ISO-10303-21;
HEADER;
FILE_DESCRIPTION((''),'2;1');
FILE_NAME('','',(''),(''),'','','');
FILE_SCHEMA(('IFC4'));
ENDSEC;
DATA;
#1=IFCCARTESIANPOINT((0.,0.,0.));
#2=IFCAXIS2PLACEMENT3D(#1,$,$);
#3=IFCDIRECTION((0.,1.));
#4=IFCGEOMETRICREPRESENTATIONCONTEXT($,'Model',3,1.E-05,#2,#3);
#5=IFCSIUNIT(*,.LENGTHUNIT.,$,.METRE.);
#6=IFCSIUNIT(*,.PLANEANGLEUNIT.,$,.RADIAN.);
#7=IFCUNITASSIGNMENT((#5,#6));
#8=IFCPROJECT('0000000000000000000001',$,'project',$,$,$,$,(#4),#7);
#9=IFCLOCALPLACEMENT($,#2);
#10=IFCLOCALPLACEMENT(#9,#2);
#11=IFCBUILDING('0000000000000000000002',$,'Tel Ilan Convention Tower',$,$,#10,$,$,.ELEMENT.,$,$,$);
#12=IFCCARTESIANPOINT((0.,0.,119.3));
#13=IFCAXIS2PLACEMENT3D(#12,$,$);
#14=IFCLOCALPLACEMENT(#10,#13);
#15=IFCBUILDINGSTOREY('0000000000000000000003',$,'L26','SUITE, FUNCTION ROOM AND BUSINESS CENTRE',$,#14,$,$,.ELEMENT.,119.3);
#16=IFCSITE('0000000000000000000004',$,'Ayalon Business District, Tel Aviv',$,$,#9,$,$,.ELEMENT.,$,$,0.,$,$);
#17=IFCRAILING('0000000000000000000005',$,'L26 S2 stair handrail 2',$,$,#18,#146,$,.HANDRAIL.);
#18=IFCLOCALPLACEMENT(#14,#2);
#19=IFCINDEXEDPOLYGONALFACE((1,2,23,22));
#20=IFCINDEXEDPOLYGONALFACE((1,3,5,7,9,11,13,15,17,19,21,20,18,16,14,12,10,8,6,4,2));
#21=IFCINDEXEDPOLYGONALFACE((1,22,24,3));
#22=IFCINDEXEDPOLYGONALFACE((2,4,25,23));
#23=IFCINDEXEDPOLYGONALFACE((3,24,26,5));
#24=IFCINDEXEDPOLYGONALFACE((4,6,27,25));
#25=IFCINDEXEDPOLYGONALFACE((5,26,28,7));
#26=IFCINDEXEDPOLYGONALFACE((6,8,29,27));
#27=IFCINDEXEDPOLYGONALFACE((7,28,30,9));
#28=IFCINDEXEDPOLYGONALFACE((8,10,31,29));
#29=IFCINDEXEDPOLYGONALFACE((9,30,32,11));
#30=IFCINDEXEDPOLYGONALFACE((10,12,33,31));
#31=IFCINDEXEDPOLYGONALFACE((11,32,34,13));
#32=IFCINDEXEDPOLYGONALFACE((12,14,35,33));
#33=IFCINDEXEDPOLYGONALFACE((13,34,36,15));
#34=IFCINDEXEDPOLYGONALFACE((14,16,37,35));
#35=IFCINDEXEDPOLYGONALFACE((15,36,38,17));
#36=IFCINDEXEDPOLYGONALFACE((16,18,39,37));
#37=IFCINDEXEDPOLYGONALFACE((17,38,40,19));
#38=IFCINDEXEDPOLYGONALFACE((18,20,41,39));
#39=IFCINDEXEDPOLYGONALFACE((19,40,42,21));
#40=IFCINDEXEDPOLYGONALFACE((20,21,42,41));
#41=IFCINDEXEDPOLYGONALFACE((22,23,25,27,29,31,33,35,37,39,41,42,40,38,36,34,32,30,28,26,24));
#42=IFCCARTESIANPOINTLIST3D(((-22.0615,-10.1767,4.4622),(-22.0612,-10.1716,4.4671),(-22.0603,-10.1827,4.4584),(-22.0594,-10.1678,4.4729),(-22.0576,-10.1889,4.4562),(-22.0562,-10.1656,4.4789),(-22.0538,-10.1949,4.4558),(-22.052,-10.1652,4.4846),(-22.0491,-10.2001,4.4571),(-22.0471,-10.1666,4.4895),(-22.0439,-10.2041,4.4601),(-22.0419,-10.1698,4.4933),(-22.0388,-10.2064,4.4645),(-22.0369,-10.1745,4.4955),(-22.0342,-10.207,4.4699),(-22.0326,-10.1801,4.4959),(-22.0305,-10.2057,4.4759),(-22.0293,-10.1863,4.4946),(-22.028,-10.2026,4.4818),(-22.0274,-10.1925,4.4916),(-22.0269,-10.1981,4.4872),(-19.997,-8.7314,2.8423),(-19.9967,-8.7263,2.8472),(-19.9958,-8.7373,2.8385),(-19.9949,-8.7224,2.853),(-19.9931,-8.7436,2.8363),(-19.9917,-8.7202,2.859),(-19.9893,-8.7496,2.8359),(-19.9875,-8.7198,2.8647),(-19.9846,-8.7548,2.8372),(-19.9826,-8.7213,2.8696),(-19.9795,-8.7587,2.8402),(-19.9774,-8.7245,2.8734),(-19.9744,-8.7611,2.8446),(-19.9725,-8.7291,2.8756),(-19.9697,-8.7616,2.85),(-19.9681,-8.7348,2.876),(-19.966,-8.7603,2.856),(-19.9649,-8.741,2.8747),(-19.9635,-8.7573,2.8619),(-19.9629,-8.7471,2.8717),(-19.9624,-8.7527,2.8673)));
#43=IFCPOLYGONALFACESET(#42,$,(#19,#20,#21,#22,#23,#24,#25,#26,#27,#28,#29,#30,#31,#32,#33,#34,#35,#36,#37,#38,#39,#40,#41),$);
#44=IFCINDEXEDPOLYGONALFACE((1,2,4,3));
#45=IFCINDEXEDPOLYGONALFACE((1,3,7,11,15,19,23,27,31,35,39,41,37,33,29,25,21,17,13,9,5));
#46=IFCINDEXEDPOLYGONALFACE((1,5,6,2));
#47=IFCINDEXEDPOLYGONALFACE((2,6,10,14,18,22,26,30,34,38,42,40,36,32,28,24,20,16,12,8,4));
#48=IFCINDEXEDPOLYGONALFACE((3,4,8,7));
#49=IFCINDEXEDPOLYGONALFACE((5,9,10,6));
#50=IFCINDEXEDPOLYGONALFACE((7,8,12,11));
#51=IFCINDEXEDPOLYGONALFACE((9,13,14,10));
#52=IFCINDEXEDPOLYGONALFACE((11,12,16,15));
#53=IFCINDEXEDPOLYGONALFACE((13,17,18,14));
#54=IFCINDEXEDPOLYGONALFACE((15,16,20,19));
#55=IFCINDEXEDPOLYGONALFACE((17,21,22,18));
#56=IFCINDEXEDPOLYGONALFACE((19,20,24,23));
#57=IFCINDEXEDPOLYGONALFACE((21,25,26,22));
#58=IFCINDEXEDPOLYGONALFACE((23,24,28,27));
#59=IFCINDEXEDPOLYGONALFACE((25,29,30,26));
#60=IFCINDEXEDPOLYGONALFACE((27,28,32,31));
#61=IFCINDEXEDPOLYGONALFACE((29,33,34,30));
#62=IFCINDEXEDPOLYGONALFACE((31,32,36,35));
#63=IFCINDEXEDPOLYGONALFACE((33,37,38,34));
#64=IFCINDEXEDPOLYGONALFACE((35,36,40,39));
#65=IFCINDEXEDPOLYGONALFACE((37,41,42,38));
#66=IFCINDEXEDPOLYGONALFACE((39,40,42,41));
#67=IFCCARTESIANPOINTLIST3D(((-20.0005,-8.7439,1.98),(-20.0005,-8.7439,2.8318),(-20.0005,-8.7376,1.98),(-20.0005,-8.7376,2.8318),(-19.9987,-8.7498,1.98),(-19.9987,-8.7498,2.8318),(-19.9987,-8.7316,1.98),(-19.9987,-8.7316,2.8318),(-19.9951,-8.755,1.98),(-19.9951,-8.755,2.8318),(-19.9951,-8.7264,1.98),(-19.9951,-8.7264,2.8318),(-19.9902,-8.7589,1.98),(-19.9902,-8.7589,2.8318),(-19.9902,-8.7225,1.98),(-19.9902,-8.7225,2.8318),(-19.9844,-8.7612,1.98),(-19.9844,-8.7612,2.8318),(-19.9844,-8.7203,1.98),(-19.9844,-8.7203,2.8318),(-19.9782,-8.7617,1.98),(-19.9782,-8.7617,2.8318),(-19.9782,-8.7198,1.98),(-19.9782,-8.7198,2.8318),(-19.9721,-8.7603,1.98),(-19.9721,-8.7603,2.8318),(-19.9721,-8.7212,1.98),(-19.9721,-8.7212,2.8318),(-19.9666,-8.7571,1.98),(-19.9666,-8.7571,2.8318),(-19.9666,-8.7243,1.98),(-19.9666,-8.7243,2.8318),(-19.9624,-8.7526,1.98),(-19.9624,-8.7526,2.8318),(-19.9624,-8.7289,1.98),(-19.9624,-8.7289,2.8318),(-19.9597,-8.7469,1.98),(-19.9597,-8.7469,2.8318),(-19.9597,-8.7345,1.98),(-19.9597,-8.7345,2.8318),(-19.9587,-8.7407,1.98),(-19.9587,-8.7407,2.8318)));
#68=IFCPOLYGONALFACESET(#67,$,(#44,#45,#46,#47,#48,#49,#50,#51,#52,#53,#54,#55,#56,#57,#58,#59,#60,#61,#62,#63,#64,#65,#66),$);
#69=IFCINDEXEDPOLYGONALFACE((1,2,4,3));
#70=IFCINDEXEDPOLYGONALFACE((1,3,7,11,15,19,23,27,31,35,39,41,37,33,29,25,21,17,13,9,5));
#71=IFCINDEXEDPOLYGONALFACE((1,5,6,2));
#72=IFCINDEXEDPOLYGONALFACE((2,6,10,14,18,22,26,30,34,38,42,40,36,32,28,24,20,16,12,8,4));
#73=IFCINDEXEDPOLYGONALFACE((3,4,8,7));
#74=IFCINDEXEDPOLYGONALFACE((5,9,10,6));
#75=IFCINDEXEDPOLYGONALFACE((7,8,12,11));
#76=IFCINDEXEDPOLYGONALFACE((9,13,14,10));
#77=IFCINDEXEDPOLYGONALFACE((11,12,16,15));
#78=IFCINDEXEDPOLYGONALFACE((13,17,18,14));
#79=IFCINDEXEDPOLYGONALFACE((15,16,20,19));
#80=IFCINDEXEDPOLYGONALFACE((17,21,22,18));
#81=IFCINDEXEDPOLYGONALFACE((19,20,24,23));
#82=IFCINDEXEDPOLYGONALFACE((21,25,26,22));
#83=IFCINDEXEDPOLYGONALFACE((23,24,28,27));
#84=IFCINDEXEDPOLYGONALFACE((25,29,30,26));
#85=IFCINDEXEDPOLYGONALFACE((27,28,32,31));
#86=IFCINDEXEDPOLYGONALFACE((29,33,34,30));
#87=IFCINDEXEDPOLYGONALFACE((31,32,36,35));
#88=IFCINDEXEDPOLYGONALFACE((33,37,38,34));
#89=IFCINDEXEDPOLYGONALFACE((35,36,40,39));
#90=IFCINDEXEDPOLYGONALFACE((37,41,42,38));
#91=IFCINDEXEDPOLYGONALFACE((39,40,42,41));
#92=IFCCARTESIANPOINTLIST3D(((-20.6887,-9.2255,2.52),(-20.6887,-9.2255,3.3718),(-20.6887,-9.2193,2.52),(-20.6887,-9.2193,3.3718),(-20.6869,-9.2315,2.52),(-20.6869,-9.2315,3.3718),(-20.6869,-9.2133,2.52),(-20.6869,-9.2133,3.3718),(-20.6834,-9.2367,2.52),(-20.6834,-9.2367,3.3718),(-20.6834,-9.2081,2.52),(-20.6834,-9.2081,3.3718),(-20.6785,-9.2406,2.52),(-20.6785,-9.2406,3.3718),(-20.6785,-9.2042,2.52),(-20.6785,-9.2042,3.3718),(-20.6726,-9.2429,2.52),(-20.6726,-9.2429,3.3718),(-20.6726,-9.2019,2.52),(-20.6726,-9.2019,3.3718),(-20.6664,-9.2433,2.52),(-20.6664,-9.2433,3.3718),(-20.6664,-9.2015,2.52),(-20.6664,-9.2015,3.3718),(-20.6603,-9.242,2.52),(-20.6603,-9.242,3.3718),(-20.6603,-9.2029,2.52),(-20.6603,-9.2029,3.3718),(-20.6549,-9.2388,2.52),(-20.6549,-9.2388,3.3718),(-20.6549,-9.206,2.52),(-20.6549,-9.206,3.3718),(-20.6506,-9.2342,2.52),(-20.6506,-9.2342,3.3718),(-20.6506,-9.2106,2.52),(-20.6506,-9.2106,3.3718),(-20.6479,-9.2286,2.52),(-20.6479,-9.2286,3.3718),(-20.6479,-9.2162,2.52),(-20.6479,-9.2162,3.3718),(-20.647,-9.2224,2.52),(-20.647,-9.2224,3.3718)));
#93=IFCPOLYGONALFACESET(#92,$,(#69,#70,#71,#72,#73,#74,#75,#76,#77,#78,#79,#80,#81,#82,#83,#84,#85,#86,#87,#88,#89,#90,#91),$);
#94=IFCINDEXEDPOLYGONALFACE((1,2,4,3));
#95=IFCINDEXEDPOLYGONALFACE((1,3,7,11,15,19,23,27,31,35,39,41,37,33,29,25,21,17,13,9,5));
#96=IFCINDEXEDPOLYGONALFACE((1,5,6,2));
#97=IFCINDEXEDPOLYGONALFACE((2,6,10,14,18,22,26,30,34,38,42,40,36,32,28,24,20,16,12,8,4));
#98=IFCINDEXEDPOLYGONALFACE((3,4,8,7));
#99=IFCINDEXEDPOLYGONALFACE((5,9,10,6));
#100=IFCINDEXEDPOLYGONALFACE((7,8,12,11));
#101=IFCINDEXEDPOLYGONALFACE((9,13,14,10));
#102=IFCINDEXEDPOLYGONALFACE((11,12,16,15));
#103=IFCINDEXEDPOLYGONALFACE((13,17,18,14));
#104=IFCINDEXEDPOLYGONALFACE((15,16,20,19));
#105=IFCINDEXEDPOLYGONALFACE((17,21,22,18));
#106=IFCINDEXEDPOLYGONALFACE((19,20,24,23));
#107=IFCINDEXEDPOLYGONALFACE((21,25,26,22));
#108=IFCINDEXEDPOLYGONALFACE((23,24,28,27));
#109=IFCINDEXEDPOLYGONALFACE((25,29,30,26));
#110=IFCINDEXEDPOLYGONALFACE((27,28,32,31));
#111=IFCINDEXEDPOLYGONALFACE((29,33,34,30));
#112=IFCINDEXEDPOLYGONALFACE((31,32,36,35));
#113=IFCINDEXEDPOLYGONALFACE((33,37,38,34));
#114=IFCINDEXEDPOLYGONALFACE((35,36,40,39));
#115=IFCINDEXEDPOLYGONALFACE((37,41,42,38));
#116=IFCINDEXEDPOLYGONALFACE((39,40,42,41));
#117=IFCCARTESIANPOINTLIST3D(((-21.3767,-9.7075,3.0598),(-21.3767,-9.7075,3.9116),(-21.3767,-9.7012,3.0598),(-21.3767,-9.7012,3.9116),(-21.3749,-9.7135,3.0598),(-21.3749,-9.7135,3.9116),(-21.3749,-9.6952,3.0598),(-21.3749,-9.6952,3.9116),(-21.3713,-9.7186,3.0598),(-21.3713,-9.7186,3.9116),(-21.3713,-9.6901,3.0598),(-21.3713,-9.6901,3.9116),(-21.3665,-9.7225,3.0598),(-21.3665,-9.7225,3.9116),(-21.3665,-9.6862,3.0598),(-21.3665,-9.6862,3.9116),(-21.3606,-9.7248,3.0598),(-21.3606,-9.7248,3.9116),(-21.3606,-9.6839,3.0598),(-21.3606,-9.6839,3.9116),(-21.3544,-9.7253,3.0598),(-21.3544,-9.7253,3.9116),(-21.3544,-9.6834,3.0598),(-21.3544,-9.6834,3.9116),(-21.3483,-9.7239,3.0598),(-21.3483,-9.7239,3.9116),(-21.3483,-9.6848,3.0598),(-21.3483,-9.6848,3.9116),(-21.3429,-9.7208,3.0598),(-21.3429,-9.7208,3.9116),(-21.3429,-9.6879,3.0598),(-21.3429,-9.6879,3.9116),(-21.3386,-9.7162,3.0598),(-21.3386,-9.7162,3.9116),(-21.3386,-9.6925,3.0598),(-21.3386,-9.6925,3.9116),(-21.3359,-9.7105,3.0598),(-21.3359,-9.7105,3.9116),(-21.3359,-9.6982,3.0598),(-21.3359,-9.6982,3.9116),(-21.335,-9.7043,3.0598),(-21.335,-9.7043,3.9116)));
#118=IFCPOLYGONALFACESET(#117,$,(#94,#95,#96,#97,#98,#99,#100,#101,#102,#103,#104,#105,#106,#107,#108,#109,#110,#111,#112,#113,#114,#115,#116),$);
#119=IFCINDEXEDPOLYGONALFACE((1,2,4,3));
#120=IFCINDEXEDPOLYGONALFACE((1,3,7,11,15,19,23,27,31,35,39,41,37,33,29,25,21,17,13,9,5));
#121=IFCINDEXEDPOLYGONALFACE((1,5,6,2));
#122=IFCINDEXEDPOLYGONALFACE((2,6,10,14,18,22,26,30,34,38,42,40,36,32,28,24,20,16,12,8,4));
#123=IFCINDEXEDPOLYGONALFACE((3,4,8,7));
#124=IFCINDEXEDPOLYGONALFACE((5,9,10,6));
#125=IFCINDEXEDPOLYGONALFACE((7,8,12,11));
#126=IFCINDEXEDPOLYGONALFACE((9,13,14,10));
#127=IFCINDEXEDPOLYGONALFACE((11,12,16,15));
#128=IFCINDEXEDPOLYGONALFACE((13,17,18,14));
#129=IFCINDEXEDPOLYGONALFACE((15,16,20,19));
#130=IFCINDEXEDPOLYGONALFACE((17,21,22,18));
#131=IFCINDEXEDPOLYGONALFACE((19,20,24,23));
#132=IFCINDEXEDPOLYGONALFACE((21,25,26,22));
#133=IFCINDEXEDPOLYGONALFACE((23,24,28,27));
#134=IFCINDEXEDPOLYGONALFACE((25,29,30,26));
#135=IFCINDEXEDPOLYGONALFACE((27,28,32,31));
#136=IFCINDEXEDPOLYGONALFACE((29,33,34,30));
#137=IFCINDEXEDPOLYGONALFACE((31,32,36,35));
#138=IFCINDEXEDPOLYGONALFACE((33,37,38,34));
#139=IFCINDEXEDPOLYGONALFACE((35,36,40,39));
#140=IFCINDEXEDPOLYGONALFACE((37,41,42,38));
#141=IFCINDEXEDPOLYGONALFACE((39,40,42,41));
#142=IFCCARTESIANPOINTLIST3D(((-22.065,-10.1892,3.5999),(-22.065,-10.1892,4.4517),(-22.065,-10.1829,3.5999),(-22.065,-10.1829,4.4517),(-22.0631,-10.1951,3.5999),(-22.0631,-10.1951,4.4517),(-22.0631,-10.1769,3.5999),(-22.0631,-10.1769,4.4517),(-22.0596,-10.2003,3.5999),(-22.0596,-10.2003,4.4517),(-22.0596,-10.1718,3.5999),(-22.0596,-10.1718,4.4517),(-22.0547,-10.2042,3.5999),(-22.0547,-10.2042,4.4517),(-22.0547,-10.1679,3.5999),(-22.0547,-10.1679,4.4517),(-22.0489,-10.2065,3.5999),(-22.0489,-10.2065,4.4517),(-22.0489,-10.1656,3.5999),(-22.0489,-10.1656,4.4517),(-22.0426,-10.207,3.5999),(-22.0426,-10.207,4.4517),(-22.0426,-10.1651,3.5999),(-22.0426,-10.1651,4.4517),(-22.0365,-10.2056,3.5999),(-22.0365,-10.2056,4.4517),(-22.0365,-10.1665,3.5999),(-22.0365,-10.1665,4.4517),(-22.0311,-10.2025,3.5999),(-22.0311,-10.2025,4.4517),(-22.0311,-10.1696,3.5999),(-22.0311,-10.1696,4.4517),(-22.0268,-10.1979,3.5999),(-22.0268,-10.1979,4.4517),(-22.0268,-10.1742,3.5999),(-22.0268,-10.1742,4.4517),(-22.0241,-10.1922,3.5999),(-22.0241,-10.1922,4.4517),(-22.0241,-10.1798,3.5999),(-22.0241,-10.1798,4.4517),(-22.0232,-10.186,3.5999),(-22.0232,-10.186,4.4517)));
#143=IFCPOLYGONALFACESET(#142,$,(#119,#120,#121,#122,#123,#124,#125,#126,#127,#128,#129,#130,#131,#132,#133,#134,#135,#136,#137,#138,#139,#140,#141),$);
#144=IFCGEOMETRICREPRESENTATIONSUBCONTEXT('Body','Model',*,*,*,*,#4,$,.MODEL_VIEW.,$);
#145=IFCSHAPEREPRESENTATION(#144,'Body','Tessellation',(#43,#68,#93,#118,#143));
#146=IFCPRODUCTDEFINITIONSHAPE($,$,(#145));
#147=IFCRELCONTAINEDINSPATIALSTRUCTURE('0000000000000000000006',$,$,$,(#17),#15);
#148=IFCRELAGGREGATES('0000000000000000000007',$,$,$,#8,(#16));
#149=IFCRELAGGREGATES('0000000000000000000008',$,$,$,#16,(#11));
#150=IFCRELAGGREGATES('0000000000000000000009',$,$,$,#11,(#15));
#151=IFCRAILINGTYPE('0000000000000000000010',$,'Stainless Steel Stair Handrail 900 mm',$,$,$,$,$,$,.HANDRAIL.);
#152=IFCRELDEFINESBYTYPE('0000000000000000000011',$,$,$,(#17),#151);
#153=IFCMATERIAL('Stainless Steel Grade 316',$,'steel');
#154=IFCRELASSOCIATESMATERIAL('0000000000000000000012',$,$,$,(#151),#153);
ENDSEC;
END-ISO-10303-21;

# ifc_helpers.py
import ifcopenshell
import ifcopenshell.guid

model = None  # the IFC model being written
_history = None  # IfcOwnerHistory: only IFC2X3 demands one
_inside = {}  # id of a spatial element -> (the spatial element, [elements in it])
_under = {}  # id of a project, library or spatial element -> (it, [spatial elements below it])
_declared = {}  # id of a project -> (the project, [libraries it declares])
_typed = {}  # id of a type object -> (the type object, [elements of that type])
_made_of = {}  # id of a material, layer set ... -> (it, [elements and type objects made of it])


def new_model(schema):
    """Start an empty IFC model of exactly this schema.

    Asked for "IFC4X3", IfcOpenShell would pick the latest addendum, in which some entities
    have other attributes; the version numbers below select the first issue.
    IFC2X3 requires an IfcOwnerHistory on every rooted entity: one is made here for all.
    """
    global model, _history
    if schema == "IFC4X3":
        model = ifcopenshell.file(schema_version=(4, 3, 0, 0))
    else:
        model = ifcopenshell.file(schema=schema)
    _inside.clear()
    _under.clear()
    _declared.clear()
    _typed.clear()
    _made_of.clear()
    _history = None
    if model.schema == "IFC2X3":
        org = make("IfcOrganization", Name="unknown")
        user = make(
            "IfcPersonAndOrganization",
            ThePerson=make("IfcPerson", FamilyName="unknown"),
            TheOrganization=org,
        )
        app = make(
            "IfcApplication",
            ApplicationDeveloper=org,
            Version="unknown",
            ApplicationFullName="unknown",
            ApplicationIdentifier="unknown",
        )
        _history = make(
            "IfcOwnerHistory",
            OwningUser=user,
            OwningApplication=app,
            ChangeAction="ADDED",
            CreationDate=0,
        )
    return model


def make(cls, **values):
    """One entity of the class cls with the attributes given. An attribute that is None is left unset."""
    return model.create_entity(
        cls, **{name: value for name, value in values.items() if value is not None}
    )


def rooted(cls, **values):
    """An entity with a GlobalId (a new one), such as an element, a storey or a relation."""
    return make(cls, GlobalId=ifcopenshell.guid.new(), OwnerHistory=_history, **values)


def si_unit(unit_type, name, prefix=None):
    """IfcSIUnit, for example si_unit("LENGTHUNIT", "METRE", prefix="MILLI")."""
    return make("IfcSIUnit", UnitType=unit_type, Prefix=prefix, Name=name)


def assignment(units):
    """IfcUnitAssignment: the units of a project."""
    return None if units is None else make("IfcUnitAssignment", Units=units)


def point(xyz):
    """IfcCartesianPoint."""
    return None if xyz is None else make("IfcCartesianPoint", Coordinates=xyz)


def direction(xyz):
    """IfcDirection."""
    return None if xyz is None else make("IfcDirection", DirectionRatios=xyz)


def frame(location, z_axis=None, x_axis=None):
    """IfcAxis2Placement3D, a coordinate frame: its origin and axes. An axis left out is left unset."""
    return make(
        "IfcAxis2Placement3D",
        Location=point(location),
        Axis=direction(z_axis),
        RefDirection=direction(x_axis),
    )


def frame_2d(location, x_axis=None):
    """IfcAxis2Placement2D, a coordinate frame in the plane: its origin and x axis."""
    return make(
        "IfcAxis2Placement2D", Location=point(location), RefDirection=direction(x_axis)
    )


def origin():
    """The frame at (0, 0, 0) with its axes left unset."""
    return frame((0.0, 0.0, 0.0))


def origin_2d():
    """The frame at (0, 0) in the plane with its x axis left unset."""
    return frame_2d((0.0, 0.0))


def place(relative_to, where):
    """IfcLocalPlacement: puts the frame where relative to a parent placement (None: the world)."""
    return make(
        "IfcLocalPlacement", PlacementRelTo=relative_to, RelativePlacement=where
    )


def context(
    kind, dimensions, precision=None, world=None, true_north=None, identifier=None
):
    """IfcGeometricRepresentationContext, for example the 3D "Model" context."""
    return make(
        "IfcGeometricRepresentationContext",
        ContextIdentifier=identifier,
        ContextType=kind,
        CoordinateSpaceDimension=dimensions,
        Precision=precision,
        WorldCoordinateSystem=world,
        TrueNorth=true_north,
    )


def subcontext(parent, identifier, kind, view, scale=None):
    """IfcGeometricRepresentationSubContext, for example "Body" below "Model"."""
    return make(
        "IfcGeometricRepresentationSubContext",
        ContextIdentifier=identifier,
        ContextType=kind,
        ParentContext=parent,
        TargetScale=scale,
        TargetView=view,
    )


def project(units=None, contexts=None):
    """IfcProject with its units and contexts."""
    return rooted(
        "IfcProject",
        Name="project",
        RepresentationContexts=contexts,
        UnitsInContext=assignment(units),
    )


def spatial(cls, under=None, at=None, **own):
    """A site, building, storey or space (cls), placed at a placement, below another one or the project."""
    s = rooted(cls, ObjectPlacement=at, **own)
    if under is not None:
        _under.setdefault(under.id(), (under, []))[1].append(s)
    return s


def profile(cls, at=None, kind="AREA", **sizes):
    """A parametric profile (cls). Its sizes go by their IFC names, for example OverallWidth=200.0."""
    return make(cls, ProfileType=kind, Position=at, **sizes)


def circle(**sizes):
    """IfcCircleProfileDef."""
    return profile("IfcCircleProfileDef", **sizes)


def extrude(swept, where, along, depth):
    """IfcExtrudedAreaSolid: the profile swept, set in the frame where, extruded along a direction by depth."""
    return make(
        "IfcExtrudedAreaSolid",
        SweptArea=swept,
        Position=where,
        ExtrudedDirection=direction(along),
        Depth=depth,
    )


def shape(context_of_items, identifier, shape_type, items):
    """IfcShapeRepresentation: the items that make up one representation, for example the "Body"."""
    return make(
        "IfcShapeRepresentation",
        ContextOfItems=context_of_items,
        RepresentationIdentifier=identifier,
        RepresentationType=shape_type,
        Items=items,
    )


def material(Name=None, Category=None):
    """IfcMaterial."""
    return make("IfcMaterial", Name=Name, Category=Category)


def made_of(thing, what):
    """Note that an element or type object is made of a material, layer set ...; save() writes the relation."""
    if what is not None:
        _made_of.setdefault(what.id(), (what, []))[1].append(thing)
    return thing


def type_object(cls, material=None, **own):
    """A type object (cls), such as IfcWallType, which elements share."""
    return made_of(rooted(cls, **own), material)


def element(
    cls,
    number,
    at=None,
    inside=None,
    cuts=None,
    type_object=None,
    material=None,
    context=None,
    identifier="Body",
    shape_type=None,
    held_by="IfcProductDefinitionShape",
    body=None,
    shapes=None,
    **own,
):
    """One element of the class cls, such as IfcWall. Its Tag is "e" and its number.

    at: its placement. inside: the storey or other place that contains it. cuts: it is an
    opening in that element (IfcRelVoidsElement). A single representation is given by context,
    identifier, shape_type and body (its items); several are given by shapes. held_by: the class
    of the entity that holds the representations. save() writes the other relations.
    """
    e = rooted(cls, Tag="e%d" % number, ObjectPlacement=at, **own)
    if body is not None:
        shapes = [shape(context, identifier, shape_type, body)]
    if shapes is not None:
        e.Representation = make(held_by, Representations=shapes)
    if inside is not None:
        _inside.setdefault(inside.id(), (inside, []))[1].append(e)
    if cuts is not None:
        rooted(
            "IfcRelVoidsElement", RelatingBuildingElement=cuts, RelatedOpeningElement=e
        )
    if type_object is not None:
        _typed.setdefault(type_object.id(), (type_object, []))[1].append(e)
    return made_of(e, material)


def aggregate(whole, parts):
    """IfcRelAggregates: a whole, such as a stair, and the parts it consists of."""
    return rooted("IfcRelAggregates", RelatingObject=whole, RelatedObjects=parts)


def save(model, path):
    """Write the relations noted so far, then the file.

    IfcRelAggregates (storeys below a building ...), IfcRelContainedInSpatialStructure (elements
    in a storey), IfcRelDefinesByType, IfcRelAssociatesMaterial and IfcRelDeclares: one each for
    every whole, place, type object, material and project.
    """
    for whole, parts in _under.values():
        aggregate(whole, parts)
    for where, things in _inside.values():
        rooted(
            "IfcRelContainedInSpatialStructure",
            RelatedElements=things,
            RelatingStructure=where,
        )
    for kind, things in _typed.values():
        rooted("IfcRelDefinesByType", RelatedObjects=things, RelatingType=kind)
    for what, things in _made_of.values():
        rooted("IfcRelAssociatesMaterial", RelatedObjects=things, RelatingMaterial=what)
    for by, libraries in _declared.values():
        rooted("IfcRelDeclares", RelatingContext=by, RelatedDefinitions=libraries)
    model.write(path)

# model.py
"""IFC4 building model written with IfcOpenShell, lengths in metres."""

from ifc_helpers import new_model, si_unit, direction, frame, origin, origin_2d, place, context, subcontext, project, spatial, circle, extrude, material, type_object, element, save


model = new_model("IFC4")

# Units and contexts
model_context = context("Model", 3, precision=1e-05, world=origin(), true_north=direction((0.0, 1.0)))
body_context = subcontext(model_context, "Body", "Model", "MODEL_VIEW")
ifc_project = project(units=[si_unit("LENGTHUNIT", "METRE"), si_unit("PLANEANGLEUNIT", "RADIAN")], contexts=[model_context])

# Site, building, storey
site_placement = place(None, origin())
site = spatial("IfcSite", under=ifc_project, at=site_placement, Name="Ayalon Business District, Tel Aviv", CompositionType="ELEMENT", RefElevation=0.0)
building_placement = place(site_placement, origin())
building = spatial("IfcBuilding", under=site, at=building_placement, Name="Tel Ilan Convention Tower", CompositionType="ELEMENT")
storey_placement = place(building_placement, frame((0.0, 0.0, 119.3)))
storey = spatial("IfcBuildingStorey", under=building, at=storey_placement, Name="L26", Description="SUITE, FUNCTION ROOM AND BUSINESS CENTRE", CompositionType="ELEMENT", Elevation=119.3)

# Railing
ifc_material_1 = material(Name="Stainless Steel Grade 316", Category="steel")
railing_type_1 = type_object("IfcRailingType", Name="Stainless Steel Stair Handrail 900 mm", PredefinedType="HANDRAIL", material=ifc_material_1)
railing_1_placement = place(storey_placement, frame((-19.9797, -8.7407, 1.98)))
element("IfcRailing", 1, at=railing_1_placement, inside=storey, type_object=railing_type_1, Name="L26 S2 stair handrail 2", PredefinedType="HANDRAIL", context=body_context, shape_type="SweptSolid", body=[
    extrude(circle(Radius=0.0239, at=origin_2d()), frame((0.0, 0.0, 0.876), z_axis=(-0.689113, -0.482444, 0.540713), x_axis=(0.573514, -0.819196, 0.0)), (0.0, 0.0, 1.0), 2.9958),
    extrude(circle(Radius=0.021, at=origin_2d()), origin(), (0.0, 0.0, 1.0), 0.8518),
    extrude(circle(Radius=0.021, at=origin_2d()), frame((-0.6882, -0.4817, 0.54)), (0.0, 0.0, 1.0), 0.8518),
    extrude(circle(Radius=0.021, at=origin_2d()), frame((-1.3762, -0.9636, 1.0798)), (0.0, 0.0, 1.0), 0.8518),
    extrude(circle(Radius=0.021, at=origin_2d()), frame((-2.0645, -1.4453, 1.6199)), (0.0, 0.0, 1.0), 0.8518),
])

save(model, "model.ifc")
